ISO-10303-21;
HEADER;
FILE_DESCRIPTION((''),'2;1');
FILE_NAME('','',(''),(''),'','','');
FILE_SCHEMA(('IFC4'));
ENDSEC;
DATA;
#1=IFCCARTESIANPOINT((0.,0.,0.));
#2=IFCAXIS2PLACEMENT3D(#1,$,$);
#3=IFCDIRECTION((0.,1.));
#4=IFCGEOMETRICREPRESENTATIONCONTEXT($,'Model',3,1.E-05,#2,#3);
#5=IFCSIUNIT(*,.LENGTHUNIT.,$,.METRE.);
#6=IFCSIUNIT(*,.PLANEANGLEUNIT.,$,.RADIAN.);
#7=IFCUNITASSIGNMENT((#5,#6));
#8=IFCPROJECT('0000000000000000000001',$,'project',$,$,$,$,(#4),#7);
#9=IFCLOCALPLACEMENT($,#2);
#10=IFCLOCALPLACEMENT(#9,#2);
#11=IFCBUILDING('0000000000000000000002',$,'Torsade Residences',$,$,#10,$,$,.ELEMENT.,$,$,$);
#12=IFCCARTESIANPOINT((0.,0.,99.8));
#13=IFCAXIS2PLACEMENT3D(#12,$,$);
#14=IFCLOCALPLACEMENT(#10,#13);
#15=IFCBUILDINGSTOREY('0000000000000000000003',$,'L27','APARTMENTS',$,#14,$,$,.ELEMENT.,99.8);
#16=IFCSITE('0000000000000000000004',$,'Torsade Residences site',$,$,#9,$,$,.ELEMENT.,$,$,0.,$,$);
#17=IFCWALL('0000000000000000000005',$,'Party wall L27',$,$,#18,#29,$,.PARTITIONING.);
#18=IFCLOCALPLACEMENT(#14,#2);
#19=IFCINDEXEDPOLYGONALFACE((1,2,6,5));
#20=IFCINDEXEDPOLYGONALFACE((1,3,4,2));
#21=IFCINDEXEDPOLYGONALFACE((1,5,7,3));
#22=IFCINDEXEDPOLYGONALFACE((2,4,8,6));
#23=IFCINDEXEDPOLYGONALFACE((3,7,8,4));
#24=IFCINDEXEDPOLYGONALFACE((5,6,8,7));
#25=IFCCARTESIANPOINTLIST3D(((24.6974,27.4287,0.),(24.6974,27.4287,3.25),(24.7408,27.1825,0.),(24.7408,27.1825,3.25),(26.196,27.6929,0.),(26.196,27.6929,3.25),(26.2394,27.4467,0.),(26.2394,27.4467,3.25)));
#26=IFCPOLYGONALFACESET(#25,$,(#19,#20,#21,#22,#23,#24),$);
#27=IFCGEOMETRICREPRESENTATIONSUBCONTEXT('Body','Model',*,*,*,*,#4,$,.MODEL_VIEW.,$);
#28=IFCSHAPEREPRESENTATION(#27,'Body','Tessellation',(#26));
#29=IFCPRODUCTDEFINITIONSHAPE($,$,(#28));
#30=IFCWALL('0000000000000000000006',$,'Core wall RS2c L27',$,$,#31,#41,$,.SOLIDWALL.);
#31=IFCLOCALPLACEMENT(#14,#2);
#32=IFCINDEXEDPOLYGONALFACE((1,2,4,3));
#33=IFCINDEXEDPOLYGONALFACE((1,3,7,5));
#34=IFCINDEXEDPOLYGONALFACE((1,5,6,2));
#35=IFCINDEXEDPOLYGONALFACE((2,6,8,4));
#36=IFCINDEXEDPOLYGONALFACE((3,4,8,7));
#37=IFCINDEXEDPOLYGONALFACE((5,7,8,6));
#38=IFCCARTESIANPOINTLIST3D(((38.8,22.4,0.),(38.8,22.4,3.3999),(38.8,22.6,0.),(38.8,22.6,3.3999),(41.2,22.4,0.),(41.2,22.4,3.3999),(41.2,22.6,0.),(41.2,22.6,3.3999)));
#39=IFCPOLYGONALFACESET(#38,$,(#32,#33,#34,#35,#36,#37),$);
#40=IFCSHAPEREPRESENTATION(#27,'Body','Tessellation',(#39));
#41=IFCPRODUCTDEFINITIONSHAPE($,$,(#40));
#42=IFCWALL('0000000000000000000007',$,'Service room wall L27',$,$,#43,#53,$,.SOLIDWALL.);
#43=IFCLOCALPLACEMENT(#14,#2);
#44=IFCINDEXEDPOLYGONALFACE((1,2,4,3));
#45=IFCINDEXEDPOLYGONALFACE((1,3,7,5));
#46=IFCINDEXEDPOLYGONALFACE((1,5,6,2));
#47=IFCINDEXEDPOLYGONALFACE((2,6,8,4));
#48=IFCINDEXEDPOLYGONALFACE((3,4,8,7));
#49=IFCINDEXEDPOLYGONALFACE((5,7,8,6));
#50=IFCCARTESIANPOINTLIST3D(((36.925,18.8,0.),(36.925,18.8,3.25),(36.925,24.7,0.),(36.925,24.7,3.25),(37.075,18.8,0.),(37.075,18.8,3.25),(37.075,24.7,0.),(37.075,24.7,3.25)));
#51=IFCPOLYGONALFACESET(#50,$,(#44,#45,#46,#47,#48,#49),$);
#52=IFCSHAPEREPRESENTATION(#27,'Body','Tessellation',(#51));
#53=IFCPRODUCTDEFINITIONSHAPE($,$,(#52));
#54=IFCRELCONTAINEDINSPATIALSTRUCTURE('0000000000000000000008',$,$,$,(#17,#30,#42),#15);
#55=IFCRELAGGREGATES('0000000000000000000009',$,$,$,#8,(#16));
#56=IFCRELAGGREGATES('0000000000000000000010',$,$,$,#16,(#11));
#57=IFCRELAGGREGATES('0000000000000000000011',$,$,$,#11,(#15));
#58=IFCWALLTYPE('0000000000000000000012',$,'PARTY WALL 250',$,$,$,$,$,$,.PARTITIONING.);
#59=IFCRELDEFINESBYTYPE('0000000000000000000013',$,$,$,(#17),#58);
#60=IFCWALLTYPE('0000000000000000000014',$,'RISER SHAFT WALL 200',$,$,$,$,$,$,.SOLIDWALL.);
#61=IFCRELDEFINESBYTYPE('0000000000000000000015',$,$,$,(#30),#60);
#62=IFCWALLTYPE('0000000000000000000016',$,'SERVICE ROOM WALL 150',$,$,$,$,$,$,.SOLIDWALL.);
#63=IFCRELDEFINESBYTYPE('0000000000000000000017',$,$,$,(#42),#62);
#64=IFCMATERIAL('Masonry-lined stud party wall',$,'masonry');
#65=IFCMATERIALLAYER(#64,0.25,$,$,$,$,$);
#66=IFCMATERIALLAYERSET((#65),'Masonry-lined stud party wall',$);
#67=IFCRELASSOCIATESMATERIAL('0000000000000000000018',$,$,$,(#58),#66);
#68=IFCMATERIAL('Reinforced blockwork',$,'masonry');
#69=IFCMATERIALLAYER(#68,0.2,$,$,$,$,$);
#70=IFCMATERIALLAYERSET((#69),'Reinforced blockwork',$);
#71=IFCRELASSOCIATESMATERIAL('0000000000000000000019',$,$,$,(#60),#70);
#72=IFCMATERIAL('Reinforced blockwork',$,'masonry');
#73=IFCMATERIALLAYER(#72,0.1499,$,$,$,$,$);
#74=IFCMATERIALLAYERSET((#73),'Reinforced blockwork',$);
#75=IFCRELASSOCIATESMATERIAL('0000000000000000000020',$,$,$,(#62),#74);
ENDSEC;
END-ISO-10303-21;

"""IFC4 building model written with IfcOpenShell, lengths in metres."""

from ifc_helpers import new_model, si_unit, direction, frame, frame_2d, origin, place, context, subcontext, project, spatial, rectangle, extrude, material, layer, layer_set, type_object, element, save


model = new_model("IFC4")

# Units and contexts
model_context = context("Model", 3, precision=1e-05, world=origin(), true_north=direction((0.0, 1.0)))
body_context = subcontext(model_context, "Body", "Model", "MODEL_VIEW")
ifc_project = project(units=[si_unit("LENGTHUNIT", "METRE"), si_unit("PLANEANGLEUNIT", "RADIAN")], contexts=[model_context])

# Site, building, storey
site_placement = place(None, origin())
site = spatial("IfcSite", under=ifc_project, at=site_placement, Name="Torsade Residences site", CompositionType="ELEMENT", RefElevation=0.0)
building_placement = place(site_placement, origin())
building = spatial("IfcBuilding", under=site, at=building_placement, Name="Torsade Residences", CompositionType="ELEMENT")
storey_placement = place(building_placement, frame((0.0, 0.0, 99.8)))
storey = spatial("IfcBuildingStorey", under=building, at=storey_placement, Name="L27", Description="APARTMENTS", CompositionType="ELEMENT", Elevation=99.8)

# Walls
ifc_material_1 = material(Name="Masonry-lined stud party wall", Category="masonry")
ifc_layer_1 = layer(ifc_material_1, 0.25)
ifc_layer_set_1 = layer_set([ifc_layer_1], Name="Masonry-lined stud party wall")
wall_type_1 = type_object("IfcWallType", Name="PARTY WALL 250", PredefinedType="PARTITIONING", material=ifc_layer_set_1)
wall_1_placement = place(storey_placement, frame((24.7192, 27.3057, 0.0), z_axis=(0.0, 0.0, 1.0), x_axis=(0.984816, 0.173602, 0.0)))
element("IfcWall", 1, at=wall_1_placement, inside=storey, type_object=wall_type_1, Name="Party wall L27", PredefinedType="PARTITIONING", context=body_context, shape_type="SweptSolid", body=[
    extrude(rectangle(XDim=1.5217, YDim=0.25, at=frame_2d((0.7607, 0.0))), origin(), (0.0, 0.0, 1.0), 3.25),
])
ifc_material_2 = material(Name="Reinforced blockwork", Category="masonry")
ifc_layer_2 = layer(ifc_material_2, 0.2)
ifc_layer_set_2 = layer_set([ifc_layer_2], Name="Reinforced blockwork")
wall_type_2 = type_object("IfcWallType", Name="RISER SHAFT WALL 200", PredefinedType="SOLIDWALL", material=ifc_layer_set_2)
wall_2_placement = place(storey_placement, frame((38.8, 22.5, 0.0), z_axis=(0.0, 0.0, 1.0), x_axis=(1.0, 0.0, 0.0)))
element("IfcWall", 2, at=wall_2_placement, inside=storey, type_object=wall_type_2, Name="Core wall RS2c L27", PredefinedType="SOLIDWALL", context=body_context, shape_type="SweptSolid", body=[
    extrude(rectangle(XDim=2.3999, YDim=0.2, at=frame_2d((1.2, 0.0))), origin(), (0.0, 0.0, 1.0), 3.3999),
])
ifc_material_3 = material(Name="Reinforced blockwork", Category="masonry")
ifc_layer_3 = layer(ifc_material_3, 0.1499)
ifc_layer_set_3 = layer_set([ifc_layer_3], Name="Reinforced blockwork")
wall_type_3 = type_object("IfcWallType", Name="SERVICE ROOM WALL 150", PredefinedType="SOLIDWALL", material=ifc_layer_set_3)
wall_3_placement = place(storey_placement, frame((37.0, 18.8, 0.0), z_axis=(0.0, 0.0, 1.0), x_axis=(0.0, 1.0, 0.0)))
element("IfcWall", 3, at=wall_3_placement, inside=storey, type_object=wall_type_3, Name="Service room wall L27", PredefinedType="SOLIDWALL", context=body_context, shape_type="SweptSolid", body=[
    extrude(rectangle(XDim=5.8999, YDim=0.1499, at=frame_2d((2.95, 0.0))), origin(), (0.0, 0.0, 1.0), 3.25),
])

save(model, "model.ifc")
